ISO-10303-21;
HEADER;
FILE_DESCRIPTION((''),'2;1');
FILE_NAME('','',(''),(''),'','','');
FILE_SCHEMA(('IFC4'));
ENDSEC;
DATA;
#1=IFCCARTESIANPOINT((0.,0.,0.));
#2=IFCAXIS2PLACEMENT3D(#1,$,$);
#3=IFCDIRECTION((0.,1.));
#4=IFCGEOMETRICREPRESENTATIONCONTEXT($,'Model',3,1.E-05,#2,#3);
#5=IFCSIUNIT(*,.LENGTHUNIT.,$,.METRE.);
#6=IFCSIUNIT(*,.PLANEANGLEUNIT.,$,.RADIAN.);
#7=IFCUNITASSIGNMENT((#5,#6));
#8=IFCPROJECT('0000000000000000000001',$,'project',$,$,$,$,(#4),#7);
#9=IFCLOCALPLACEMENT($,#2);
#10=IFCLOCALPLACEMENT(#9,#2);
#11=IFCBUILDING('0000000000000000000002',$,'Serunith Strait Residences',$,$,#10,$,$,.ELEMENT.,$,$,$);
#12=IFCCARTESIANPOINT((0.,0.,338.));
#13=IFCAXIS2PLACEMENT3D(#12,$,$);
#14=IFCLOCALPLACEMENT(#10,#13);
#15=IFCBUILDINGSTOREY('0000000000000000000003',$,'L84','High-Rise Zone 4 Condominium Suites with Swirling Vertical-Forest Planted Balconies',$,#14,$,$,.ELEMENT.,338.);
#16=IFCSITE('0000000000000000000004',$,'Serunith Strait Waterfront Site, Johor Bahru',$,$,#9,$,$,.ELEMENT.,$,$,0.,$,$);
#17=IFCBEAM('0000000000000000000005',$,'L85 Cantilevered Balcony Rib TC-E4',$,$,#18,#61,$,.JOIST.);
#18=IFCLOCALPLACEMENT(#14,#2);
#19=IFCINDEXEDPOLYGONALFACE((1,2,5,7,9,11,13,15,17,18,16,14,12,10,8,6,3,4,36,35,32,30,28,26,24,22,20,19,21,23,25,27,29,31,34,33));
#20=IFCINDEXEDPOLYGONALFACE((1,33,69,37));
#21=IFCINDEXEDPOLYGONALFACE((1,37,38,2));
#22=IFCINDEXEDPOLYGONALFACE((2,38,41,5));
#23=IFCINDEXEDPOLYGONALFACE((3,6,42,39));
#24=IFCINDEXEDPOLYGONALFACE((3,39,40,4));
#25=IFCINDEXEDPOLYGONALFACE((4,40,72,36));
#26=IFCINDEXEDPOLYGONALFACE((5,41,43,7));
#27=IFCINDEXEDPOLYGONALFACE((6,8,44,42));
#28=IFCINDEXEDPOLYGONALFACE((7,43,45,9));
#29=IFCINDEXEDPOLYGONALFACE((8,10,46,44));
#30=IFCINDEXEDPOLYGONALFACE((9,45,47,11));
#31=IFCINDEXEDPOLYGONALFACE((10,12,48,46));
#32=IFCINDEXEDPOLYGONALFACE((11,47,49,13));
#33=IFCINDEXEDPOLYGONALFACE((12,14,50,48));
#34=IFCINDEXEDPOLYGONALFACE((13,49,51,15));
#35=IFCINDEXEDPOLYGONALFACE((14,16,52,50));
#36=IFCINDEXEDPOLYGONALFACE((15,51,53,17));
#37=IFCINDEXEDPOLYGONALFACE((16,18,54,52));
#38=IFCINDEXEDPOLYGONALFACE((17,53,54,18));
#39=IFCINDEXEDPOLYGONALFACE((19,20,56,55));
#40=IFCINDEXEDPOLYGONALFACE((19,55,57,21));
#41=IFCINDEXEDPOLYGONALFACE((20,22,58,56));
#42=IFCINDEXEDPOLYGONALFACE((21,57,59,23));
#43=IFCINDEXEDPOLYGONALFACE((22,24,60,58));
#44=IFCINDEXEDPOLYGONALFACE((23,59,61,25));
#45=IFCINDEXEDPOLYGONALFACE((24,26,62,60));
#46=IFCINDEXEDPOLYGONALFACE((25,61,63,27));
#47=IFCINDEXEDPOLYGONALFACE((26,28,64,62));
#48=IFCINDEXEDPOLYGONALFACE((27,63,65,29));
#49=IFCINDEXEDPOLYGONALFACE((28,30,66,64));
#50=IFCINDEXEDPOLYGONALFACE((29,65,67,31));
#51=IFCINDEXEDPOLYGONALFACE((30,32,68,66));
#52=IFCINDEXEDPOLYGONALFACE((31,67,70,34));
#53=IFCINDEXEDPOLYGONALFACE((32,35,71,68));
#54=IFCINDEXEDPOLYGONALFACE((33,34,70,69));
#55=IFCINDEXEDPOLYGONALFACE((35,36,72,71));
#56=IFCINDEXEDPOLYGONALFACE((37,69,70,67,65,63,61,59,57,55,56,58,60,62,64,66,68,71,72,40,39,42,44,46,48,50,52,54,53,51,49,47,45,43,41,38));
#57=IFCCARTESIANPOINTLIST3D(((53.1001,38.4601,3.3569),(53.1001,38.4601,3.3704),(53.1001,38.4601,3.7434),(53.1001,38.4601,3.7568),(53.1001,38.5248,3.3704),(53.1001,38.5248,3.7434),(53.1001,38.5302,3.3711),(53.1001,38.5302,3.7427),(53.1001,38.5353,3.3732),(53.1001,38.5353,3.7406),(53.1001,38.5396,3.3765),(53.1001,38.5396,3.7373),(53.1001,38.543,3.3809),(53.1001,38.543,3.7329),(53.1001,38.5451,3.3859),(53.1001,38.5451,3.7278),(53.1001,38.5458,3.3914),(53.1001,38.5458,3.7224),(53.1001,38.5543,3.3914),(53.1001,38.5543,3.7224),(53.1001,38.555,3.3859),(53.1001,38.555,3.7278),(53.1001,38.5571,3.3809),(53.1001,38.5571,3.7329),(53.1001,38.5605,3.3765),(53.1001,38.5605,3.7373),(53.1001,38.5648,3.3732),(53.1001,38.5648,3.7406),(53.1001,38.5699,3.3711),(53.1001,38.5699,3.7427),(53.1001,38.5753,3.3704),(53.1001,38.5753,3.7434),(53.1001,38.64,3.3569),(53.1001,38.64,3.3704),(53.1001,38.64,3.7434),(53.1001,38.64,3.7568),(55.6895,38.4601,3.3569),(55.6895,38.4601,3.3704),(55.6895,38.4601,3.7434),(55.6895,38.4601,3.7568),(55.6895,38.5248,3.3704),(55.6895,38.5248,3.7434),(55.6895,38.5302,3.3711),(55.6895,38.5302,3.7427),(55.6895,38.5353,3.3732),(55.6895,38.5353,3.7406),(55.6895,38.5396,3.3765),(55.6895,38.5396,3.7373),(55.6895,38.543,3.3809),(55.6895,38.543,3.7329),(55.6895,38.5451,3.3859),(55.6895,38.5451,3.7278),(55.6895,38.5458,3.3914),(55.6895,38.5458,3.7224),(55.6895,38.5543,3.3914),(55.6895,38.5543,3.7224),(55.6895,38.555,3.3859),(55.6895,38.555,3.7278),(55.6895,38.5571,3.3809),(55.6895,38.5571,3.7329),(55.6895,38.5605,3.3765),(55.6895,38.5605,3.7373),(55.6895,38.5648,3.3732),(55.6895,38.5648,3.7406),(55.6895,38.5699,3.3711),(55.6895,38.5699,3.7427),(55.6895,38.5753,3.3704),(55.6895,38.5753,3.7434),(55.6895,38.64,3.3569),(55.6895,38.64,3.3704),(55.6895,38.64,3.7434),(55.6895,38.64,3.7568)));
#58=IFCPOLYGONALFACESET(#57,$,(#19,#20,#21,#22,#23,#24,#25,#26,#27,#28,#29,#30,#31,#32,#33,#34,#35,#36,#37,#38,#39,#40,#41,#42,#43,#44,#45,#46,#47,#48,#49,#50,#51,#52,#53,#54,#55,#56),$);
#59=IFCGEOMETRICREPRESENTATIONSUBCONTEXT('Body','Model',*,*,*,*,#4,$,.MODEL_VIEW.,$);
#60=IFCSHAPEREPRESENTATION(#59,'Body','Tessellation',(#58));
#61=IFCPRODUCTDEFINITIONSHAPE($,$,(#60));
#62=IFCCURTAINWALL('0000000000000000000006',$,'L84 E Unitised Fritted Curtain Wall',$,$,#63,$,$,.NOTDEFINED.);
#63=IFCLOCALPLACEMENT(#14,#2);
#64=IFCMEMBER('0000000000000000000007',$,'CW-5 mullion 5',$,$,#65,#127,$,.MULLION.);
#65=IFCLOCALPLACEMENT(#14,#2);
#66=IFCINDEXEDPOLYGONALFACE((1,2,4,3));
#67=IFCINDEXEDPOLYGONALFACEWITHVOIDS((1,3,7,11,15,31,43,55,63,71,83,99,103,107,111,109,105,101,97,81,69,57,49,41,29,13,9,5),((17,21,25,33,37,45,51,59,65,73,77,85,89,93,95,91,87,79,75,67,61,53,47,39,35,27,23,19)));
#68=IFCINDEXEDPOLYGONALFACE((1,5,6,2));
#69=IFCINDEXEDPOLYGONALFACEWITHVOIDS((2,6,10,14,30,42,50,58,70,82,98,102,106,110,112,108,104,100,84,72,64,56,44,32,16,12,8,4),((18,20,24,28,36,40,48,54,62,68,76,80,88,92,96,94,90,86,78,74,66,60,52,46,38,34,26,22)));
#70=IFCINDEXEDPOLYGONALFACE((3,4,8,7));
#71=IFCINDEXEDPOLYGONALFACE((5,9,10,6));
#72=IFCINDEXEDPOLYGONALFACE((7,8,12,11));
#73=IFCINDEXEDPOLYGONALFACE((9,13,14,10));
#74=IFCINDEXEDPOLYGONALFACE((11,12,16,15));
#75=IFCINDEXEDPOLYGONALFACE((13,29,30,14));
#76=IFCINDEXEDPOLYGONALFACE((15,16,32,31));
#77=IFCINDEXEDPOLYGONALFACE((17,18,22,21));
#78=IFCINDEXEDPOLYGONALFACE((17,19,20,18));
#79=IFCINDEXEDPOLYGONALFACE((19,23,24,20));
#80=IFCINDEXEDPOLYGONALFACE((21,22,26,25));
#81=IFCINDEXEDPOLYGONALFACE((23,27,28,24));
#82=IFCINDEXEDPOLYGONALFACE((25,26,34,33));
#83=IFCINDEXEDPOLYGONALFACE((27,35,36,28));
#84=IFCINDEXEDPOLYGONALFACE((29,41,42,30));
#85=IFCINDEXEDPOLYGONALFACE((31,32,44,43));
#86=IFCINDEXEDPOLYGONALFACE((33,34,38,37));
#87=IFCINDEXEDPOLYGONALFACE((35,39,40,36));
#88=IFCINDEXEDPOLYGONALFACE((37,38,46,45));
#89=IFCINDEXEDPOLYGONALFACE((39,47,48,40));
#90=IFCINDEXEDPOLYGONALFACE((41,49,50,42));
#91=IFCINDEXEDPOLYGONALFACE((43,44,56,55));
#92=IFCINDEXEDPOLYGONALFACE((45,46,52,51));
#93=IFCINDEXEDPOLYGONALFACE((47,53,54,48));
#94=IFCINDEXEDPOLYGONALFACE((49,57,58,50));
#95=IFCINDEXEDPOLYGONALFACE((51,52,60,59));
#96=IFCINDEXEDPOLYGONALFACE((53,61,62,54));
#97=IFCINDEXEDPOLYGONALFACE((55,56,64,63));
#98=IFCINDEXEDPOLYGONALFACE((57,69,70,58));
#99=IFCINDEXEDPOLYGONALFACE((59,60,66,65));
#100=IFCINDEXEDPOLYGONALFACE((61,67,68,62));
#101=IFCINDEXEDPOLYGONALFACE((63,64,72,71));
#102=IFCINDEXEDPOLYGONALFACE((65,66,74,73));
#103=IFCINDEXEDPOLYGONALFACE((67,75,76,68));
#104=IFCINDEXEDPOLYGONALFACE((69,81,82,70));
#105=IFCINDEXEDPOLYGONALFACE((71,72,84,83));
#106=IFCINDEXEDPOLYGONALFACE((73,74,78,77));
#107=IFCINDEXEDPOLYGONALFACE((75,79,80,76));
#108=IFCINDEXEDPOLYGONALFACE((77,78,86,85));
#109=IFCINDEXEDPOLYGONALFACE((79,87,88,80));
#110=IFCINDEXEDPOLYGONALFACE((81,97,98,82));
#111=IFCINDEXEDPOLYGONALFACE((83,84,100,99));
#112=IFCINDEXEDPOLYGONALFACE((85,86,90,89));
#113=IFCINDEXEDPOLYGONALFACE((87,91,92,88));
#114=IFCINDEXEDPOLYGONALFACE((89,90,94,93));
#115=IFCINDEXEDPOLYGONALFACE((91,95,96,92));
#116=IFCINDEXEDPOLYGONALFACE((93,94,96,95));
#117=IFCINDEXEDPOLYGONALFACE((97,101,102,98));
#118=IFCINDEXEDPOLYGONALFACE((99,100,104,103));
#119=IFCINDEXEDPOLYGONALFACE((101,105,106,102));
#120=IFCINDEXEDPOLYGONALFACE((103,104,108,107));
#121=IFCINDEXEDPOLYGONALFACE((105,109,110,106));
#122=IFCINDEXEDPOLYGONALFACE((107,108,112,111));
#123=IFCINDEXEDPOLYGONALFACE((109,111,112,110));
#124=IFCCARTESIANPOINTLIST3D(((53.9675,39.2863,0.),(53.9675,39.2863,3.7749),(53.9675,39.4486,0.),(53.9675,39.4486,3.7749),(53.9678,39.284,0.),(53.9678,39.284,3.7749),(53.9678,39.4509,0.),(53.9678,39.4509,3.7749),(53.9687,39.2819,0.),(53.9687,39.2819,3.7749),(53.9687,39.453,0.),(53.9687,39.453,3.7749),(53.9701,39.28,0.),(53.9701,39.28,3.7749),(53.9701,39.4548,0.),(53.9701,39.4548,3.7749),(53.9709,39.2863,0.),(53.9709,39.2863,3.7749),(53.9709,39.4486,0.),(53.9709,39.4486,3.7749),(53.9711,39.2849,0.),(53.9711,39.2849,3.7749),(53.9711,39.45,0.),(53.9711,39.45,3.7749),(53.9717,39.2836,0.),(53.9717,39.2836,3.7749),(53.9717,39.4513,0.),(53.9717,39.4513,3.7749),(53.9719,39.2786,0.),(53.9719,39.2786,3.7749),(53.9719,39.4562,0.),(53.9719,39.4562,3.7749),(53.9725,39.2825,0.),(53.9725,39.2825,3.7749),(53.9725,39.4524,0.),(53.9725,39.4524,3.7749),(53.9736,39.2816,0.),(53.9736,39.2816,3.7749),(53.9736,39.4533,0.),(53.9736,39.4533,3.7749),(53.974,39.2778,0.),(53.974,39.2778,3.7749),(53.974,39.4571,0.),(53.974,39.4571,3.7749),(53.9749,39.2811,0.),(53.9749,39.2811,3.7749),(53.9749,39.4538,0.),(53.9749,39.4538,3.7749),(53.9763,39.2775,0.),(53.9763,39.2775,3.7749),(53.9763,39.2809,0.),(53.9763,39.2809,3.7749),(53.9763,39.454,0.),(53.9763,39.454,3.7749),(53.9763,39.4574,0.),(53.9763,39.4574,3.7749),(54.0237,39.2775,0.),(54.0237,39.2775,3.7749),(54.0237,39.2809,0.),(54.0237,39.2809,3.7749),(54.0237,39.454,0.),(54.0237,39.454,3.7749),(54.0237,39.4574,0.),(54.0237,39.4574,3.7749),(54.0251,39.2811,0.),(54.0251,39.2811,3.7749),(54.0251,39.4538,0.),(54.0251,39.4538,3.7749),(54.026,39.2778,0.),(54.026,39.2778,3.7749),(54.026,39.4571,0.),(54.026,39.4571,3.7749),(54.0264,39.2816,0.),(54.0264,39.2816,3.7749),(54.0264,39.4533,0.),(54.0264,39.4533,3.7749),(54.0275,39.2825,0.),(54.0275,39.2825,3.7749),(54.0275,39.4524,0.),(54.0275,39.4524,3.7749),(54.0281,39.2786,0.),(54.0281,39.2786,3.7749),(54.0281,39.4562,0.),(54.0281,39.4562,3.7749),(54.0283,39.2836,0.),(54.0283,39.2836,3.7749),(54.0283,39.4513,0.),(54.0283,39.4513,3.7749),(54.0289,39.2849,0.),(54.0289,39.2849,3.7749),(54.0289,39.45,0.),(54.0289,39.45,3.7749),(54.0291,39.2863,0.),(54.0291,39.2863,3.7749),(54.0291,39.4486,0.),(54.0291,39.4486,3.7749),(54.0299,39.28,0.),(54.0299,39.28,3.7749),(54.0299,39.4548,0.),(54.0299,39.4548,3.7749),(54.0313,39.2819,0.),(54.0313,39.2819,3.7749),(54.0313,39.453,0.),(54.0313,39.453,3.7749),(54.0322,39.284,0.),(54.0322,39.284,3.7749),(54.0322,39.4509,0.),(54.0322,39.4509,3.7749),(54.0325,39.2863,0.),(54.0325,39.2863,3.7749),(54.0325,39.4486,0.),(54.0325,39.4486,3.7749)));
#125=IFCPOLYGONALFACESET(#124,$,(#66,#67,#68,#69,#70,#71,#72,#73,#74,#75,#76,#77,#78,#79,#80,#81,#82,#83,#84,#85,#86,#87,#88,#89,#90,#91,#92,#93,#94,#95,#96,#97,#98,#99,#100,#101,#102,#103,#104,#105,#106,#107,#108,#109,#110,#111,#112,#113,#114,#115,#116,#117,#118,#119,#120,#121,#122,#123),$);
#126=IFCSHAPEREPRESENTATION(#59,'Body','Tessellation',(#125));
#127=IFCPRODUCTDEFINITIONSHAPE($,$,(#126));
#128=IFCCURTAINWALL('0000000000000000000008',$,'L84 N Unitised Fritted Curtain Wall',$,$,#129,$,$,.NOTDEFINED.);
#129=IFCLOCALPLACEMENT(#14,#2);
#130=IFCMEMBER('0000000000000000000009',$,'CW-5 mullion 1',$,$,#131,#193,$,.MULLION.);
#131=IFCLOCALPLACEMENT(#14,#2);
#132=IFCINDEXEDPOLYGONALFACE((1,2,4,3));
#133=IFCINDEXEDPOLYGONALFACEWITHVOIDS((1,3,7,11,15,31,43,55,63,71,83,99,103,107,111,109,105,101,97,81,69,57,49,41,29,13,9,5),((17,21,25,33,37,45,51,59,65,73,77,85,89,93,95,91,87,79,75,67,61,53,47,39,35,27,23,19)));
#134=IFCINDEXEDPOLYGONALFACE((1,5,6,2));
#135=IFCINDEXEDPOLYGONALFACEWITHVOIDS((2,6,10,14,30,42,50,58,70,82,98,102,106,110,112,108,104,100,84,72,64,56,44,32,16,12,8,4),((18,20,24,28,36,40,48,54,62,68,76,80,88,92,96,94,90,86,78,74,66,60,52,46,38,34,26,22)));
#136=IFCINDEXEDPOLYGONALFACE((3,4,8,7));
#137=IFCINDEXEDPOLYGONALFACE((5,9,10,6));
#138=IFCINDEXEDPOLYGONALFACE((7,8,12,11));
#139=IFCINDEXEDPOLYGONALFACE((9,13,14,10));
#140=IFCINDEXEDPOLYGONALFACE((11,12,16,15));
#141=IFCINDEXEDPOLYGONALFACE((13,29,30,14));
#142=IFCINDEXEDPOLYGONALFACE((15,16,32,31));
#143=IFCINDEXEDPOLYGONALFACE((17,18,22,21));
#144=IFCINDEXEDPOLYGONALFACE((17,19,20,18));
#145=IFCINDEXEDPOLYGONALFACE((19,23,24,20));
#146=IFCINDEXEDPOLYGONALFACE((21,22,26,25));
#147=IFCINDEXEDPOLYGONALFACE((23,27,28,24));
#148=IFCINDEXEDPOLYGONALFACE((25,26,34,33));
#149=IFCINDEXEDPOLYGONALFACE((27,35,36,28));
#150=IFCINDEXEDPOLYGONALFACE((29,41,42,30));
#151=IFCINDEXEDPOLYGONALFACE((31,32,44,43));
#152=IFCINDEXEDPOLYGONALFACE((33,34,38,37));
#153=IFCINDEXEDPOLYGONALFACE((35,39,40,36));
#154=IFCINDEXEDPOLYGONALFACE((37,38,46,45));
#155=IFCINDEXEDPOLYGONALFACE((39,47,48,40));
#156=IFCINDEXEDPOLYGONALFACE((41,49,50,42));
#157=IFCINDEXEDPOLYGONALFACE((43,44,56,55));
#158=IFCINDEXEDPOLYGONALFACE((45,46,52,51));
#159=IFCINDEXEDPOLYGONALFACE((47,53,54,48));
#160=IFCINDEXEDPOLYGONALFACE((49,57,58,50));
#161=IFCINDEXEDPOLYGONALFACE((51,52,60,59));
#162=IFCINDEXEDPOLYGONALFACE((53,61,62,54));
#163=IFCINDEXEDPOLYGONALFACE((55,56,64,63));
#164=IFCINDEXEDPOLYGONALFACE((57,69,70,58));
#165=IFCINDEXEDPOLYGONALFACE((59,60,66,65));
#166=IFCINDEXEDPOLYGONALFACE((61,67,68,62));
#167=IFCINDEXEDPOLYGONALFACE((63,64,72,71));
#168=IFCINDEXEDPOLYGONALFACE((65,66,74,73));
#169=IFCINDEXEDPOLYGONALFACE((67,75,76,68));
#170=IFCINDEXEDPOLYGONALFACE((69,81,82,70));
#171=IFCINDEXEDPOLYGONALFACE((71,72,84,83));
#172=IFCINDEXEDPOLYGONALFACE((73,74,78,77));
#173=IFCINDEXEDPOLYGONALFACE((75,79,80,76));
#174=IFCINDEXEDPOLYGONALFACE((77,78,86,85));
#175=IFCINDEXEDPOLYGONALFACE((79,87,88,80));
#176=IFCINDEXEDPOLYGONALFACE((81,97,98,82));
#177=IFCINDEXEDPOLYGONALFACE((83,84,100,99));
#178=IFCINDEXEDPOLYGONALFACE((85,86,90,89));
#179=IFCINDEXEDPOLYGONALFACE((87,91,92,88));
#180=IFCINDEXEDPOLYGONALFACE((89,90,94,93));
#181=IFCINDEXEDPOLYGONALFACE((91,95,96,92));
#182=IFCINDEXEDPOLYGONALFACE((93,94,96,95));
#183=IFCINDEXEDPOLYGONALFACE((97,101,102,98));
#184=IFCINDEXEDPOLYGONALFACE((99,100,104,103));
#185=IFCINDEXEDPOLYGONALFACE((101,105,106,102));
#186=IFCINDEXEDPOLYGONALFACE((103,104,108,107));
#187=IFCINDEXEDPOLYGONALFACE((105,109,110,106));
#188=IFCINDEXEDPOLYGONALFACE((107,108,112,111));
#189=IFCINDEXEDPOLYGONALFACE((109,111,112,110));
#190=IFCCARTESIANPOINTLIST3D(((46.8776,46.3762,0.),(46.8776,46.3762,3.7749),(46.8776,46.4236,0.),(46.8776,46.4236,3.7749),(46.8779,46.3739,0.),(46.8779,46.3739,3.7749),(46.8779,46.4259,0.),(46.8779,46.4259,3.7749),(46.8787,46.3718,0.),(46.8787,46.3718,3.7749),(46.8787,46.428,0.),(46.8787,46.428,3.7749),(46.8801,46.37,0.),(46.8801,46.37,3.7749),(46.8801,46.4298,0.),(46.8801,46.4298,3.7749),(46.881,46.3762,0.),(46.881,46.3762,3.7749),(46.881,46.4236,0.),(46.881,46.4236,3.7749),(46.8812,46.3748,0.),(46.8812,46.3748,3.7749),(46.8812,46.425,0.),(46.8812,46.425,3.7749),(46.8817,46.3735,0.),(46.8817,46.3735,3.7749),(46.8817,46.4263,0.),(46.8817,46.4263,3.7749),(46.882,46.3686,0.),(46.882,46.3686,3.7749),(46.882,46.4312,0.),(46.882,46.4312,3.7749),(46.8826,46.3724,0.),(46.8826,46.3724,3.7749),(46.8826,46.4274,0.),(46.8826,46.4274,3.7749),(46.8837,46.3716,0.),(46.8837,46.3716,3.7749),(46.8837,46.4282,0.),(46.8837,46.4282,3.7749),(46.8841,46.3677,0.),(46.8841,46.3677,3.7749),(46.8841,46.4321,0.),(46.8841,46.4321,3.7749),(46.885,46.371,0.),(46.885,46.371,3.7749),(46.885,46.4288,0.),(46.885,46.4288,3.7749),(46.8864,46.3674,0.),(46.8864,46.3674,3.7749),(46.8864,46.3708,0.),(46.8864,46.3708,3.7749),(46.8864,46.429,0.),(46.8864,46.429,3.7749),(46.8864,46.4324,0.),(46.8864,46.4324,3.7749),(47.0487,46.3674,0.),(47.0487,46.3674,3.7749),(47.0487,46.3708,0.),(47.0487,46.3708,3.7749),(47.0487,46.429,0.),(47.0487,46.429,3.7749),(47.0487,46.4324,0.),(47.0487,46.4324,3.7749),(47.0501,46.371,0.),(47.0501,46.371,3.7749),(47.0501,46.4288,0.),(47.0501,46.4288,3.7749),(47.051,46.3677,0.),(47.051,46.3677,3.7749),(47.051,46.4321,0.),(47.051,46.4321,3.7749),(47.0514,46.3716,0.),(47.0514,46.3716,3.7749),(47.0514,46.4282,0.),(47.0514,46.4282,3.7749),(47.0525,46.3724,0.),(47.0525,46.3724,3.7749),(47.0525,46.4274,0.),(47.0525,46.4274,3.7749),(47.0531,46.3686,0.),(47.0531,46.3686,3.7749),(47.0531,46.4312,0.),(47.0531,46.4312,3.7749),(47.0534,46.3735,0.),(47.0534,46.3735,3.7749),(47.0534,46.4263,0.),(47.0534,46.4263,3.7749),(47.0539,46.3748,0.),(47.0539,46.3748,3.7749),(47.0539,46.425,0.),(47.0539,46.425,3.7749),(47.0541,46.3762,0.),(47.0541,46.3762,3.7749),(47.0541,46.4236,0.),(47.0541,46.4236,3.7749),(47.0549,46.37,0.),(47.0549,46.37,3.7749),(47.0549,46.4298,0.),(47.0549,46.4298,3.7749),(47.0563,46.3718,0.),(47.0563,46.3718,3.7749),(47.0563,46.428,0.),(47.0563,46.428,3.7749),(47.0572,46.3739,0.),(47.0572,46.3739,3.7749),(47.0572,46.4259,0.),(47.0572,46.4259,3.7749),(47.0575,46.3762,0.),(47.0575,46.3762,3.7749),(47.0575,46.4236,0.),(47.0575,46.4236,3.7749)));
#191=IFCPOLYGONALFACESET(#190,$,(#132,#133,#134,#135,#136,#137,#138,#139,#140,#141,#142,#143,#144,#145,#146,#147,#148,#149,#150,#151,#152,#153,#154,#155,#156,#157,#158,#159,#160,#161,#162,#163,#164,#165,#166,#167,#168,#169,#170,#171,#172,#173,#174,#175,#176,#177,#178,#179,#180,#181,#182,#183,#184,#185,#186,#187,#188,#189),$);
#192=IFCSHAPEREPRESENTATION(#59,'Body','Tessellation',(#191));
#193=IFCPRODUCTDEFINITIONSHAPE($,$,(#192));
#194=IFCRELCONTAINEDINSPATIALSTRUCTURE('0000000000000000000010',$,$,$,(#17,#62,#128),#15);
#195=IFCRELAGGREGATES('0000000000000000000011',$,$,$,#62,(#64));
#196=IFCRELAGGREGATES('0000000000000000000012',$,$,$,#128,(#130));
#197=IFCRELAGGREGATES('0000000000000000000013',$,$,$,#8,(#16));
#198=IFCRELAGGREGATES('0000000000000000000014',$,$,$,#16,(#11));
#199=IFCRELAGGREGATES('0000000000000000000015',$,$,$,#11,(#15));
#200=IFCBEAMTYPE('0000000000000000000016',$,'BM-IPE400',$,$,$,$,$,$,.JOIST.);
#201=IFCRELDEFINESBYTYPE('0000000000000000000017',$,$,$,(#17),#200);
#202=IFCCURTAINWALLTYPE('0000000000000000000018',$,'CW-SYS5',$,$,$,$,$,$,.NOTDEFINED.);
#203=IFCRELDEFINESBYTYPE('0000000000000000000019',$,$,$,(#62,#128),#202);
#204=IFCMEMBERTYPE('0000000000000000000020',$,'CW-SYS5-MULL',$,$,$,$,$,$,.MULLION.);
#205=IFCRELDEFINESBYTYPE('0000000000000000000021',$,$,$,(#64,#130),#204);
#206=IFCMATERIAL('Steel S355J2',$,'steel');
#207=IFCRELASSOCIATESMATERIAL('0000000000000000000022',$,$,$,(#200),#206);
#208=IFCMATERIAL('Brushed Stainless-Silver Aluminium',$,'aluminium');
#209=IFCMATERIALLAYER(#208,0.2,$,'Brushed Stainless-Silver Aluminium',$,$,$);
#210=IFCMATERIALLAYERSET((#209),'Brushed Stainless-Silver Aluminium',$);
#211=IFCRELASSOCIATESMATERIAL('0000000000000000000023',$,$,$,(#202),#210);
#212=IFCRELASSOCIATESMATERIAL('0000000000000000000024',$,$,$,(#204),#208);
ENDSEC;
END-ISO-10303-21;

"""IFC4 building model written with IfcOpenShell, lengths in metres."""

from ifc_helpers import new_model, si_unit, direction, frame, origin, origin_2d, place, context, subcontext, project, spatial, hollow_rectangle, i_section, extrude, source, transform, mapped, material, layer, layer_set, material_profile, profile_set, type_object, element, aggregate, save


model = new_model("IFC4")

# Units and contexts
model_context = context("Model", 3, precision=1e-05, world=origin(), true_north=direction((0.0, 1.0)))
body_context = subcontext(model_context, "Body", "Model", "MODEL_VIEW")
ifc_project = project(units=[si_unit("LENGTHUNIT", "METRE"), si_unit("PLANEANGLEUNIT", "RADIAN")], contexts=[model_context])

# Site, building, storey
site_placement = place(None, origin())
site = spatial("IfcSite", under=ifc_project, at=site_placement, Name="Serunith Strait Waterfront Site, Johor Bahru", CompositionType="ELEMENT", RefElevation=0.0)
building_placement = place(site_placement, origin())
building = spatial("IfcBuilding", under=site, at=building_placement, Name="Serunith Strait Residences", CompositionType="ELEMENT")
storey_placement = place(building_placement, frame((0.0, 0.0, 338.0)))
storey = spatial("IfcBuildingStorey", under=building, at=storey_placement, Name="L84", Description="High-Rise Zone 4 Condominium Suites with Swirling Vertical-Forest Planted Balconies", CompositionType="ELEMENT", Elevation=338.0)

# Beam
ifc_material_1 = material(Name="Steel S355J2", Category="steel")
ifc_material_profile_1 = material_profile(ifc_material_1, i_section(OverallWidth=0.1799, OverallDepth=0.3999, WebThickness=0.0085, FlangeThickness=0.0134, FilletRadius=0.021, at=origin_2d()), Name="IPE 400")
ifc_profile_set_1 = profile_set([ifc_material_profile_1], Name="Steel S355J2")
beam_type_1 = type_object("IfcBeamType", Name="BM-IPE400", PredefinedType="JOIST", material=ifc_profile_set_1)
shared_shape_1 = source(origin(), body_context, "Body", "SweptSolid", [
    extrude(i_section(OverallWidth=0.1799, OverallDepth=0.3999, WebThickness=0.0085, FlangeThickness=0.0134, FilletRadius=0.021, at=origin_2d()), origin(), (0.0, 0.0, 1.0), 2.5894),
])
beam_1_placement = place(storey_placement, frame((53.1001, 38.55, 3.5569), z_axis=(1.0, 0.0, 0.0), x_axis=(0.0, 1.0, 0.0)))
element("IfcBeam", 1, at=beam_1_placement, inside=storey, type_object=beam_type_1, Name="L85 Cantilevered Balcony Rib TC-E4", PredefinedType="JOIST", context=body_context, shape_type="MappedRepresentation", body=[
    mapped(shared_shape_1, transform((0.0, 0.0, 0.0), scale=1.0)),
])

# Curtain wall, member
ifc_material_2 = material(Name="Brushed Stainless-Silver Aluminium", Category="aluminium")
ifc_layer_1 = layer(ifc_material_2, 0.2, Name="Brushed Stainless-Silver Aluminium")
ifc_layer_set_1 = layer_set([ifc_layer_1], Name="Brushed Stainless-Silver Aluminium")
curtain_wall_type = type_object("IfcCurtainWallType", Name="CW-SYS5", PredefinedType="NOTDEFINED", material=ifc_layer_set_1)
curtain_wall_1_placement = place(storey_placement, origin())
curtain_wall_1 = element("IfcCurtainWall", 2, at=curtain_wall_1_placement, inside=storey, type_object=curtain_wall_type, Name="L84 E Unitised Fritted Curtain Wall", PredefinedType="NOTDEFINED")
ifc_material_profile_2 = material_profile(ifc_material_2, hollow_rectangle(XDim=0.0649, YDim=0.1799, WallThickness=0.0034, InnerFilletRadius=0.0054, OuterFilletRadius=0.0088, at=origin_2d()), Name="ALU 180x65x3.5")
ifc_profile_set_2 = profile_set([ifc_material_profile_2], Name="Brushed Stainless-Silver Aluminium")
member_type_1 = type_object("IfcMemberType", Name="CW-SYS5-MULL", PredefinedType="MULLION", material=ifc_profile_set_2)
shared_shape_2 = source(origin(), body_context, "Body", "SweptSolid", [
    extrude(hollow_rectangle(XDim=0.0649, YDim=0.1799, WallThickness=0.0034, InnerFilletRadius=0.0054, OuterFilletRadius=0.0088, at=origin_2d()), origin(), (0.0, 0.0, 1.0), 3.7749),
])
member_1_placement = place(storey_placement, frame((54.0, 39.3674, 0.0), z_axis=(0.0, 0.0, 1.0), x_axis=(-1.0, 0.0, 0.0)))
member_1 = element("IfcMember", 3, at=member_1_placement, type_object=member_type_1, Name="CW-5 mullion 5", PredefinedType="MULLION", context=body_context, shape_type="MappedRepresentation", body=[
    mapped(shared_shape_2, transform((0.0, 0.0, 0.0), scale=1.0)),
])
aggregate(curtain_wall_1, [member_1])

# Curtain wall, member
curtain_wall_2_placement = place(storey_placement, origin())
curtain_wall_2 = element("IfcCurtainWall", 4, at=curtain_wall_2_placement, inside=storey, type_object=curtain_wall_type, Name="L84 N Unitised Fritted Curtain Wall", PredefinedType="NOTDEFINED")
member_2_placement = place(storey_placement, frame((46.9675, 46.3999, 0.0), z_axis=(0.0, 0.0, 1.0), x_axis=(0.0, -1.0, 0.0)))
member_2 = element("IfcMember", 5, at=member_2_placement, type_object=member_type_1, Name="CW-5 mullion 1", PredefinedType="MULLION", context=body_context, shape_type="MappedRepresentation", body=[
    mapped(shared_shape_2, transform((0.0, 0.0, 0.0), scale=1.0)),
])
aggregate(curtain_wall_2, [member_2])

save(model, "model.ifc")
